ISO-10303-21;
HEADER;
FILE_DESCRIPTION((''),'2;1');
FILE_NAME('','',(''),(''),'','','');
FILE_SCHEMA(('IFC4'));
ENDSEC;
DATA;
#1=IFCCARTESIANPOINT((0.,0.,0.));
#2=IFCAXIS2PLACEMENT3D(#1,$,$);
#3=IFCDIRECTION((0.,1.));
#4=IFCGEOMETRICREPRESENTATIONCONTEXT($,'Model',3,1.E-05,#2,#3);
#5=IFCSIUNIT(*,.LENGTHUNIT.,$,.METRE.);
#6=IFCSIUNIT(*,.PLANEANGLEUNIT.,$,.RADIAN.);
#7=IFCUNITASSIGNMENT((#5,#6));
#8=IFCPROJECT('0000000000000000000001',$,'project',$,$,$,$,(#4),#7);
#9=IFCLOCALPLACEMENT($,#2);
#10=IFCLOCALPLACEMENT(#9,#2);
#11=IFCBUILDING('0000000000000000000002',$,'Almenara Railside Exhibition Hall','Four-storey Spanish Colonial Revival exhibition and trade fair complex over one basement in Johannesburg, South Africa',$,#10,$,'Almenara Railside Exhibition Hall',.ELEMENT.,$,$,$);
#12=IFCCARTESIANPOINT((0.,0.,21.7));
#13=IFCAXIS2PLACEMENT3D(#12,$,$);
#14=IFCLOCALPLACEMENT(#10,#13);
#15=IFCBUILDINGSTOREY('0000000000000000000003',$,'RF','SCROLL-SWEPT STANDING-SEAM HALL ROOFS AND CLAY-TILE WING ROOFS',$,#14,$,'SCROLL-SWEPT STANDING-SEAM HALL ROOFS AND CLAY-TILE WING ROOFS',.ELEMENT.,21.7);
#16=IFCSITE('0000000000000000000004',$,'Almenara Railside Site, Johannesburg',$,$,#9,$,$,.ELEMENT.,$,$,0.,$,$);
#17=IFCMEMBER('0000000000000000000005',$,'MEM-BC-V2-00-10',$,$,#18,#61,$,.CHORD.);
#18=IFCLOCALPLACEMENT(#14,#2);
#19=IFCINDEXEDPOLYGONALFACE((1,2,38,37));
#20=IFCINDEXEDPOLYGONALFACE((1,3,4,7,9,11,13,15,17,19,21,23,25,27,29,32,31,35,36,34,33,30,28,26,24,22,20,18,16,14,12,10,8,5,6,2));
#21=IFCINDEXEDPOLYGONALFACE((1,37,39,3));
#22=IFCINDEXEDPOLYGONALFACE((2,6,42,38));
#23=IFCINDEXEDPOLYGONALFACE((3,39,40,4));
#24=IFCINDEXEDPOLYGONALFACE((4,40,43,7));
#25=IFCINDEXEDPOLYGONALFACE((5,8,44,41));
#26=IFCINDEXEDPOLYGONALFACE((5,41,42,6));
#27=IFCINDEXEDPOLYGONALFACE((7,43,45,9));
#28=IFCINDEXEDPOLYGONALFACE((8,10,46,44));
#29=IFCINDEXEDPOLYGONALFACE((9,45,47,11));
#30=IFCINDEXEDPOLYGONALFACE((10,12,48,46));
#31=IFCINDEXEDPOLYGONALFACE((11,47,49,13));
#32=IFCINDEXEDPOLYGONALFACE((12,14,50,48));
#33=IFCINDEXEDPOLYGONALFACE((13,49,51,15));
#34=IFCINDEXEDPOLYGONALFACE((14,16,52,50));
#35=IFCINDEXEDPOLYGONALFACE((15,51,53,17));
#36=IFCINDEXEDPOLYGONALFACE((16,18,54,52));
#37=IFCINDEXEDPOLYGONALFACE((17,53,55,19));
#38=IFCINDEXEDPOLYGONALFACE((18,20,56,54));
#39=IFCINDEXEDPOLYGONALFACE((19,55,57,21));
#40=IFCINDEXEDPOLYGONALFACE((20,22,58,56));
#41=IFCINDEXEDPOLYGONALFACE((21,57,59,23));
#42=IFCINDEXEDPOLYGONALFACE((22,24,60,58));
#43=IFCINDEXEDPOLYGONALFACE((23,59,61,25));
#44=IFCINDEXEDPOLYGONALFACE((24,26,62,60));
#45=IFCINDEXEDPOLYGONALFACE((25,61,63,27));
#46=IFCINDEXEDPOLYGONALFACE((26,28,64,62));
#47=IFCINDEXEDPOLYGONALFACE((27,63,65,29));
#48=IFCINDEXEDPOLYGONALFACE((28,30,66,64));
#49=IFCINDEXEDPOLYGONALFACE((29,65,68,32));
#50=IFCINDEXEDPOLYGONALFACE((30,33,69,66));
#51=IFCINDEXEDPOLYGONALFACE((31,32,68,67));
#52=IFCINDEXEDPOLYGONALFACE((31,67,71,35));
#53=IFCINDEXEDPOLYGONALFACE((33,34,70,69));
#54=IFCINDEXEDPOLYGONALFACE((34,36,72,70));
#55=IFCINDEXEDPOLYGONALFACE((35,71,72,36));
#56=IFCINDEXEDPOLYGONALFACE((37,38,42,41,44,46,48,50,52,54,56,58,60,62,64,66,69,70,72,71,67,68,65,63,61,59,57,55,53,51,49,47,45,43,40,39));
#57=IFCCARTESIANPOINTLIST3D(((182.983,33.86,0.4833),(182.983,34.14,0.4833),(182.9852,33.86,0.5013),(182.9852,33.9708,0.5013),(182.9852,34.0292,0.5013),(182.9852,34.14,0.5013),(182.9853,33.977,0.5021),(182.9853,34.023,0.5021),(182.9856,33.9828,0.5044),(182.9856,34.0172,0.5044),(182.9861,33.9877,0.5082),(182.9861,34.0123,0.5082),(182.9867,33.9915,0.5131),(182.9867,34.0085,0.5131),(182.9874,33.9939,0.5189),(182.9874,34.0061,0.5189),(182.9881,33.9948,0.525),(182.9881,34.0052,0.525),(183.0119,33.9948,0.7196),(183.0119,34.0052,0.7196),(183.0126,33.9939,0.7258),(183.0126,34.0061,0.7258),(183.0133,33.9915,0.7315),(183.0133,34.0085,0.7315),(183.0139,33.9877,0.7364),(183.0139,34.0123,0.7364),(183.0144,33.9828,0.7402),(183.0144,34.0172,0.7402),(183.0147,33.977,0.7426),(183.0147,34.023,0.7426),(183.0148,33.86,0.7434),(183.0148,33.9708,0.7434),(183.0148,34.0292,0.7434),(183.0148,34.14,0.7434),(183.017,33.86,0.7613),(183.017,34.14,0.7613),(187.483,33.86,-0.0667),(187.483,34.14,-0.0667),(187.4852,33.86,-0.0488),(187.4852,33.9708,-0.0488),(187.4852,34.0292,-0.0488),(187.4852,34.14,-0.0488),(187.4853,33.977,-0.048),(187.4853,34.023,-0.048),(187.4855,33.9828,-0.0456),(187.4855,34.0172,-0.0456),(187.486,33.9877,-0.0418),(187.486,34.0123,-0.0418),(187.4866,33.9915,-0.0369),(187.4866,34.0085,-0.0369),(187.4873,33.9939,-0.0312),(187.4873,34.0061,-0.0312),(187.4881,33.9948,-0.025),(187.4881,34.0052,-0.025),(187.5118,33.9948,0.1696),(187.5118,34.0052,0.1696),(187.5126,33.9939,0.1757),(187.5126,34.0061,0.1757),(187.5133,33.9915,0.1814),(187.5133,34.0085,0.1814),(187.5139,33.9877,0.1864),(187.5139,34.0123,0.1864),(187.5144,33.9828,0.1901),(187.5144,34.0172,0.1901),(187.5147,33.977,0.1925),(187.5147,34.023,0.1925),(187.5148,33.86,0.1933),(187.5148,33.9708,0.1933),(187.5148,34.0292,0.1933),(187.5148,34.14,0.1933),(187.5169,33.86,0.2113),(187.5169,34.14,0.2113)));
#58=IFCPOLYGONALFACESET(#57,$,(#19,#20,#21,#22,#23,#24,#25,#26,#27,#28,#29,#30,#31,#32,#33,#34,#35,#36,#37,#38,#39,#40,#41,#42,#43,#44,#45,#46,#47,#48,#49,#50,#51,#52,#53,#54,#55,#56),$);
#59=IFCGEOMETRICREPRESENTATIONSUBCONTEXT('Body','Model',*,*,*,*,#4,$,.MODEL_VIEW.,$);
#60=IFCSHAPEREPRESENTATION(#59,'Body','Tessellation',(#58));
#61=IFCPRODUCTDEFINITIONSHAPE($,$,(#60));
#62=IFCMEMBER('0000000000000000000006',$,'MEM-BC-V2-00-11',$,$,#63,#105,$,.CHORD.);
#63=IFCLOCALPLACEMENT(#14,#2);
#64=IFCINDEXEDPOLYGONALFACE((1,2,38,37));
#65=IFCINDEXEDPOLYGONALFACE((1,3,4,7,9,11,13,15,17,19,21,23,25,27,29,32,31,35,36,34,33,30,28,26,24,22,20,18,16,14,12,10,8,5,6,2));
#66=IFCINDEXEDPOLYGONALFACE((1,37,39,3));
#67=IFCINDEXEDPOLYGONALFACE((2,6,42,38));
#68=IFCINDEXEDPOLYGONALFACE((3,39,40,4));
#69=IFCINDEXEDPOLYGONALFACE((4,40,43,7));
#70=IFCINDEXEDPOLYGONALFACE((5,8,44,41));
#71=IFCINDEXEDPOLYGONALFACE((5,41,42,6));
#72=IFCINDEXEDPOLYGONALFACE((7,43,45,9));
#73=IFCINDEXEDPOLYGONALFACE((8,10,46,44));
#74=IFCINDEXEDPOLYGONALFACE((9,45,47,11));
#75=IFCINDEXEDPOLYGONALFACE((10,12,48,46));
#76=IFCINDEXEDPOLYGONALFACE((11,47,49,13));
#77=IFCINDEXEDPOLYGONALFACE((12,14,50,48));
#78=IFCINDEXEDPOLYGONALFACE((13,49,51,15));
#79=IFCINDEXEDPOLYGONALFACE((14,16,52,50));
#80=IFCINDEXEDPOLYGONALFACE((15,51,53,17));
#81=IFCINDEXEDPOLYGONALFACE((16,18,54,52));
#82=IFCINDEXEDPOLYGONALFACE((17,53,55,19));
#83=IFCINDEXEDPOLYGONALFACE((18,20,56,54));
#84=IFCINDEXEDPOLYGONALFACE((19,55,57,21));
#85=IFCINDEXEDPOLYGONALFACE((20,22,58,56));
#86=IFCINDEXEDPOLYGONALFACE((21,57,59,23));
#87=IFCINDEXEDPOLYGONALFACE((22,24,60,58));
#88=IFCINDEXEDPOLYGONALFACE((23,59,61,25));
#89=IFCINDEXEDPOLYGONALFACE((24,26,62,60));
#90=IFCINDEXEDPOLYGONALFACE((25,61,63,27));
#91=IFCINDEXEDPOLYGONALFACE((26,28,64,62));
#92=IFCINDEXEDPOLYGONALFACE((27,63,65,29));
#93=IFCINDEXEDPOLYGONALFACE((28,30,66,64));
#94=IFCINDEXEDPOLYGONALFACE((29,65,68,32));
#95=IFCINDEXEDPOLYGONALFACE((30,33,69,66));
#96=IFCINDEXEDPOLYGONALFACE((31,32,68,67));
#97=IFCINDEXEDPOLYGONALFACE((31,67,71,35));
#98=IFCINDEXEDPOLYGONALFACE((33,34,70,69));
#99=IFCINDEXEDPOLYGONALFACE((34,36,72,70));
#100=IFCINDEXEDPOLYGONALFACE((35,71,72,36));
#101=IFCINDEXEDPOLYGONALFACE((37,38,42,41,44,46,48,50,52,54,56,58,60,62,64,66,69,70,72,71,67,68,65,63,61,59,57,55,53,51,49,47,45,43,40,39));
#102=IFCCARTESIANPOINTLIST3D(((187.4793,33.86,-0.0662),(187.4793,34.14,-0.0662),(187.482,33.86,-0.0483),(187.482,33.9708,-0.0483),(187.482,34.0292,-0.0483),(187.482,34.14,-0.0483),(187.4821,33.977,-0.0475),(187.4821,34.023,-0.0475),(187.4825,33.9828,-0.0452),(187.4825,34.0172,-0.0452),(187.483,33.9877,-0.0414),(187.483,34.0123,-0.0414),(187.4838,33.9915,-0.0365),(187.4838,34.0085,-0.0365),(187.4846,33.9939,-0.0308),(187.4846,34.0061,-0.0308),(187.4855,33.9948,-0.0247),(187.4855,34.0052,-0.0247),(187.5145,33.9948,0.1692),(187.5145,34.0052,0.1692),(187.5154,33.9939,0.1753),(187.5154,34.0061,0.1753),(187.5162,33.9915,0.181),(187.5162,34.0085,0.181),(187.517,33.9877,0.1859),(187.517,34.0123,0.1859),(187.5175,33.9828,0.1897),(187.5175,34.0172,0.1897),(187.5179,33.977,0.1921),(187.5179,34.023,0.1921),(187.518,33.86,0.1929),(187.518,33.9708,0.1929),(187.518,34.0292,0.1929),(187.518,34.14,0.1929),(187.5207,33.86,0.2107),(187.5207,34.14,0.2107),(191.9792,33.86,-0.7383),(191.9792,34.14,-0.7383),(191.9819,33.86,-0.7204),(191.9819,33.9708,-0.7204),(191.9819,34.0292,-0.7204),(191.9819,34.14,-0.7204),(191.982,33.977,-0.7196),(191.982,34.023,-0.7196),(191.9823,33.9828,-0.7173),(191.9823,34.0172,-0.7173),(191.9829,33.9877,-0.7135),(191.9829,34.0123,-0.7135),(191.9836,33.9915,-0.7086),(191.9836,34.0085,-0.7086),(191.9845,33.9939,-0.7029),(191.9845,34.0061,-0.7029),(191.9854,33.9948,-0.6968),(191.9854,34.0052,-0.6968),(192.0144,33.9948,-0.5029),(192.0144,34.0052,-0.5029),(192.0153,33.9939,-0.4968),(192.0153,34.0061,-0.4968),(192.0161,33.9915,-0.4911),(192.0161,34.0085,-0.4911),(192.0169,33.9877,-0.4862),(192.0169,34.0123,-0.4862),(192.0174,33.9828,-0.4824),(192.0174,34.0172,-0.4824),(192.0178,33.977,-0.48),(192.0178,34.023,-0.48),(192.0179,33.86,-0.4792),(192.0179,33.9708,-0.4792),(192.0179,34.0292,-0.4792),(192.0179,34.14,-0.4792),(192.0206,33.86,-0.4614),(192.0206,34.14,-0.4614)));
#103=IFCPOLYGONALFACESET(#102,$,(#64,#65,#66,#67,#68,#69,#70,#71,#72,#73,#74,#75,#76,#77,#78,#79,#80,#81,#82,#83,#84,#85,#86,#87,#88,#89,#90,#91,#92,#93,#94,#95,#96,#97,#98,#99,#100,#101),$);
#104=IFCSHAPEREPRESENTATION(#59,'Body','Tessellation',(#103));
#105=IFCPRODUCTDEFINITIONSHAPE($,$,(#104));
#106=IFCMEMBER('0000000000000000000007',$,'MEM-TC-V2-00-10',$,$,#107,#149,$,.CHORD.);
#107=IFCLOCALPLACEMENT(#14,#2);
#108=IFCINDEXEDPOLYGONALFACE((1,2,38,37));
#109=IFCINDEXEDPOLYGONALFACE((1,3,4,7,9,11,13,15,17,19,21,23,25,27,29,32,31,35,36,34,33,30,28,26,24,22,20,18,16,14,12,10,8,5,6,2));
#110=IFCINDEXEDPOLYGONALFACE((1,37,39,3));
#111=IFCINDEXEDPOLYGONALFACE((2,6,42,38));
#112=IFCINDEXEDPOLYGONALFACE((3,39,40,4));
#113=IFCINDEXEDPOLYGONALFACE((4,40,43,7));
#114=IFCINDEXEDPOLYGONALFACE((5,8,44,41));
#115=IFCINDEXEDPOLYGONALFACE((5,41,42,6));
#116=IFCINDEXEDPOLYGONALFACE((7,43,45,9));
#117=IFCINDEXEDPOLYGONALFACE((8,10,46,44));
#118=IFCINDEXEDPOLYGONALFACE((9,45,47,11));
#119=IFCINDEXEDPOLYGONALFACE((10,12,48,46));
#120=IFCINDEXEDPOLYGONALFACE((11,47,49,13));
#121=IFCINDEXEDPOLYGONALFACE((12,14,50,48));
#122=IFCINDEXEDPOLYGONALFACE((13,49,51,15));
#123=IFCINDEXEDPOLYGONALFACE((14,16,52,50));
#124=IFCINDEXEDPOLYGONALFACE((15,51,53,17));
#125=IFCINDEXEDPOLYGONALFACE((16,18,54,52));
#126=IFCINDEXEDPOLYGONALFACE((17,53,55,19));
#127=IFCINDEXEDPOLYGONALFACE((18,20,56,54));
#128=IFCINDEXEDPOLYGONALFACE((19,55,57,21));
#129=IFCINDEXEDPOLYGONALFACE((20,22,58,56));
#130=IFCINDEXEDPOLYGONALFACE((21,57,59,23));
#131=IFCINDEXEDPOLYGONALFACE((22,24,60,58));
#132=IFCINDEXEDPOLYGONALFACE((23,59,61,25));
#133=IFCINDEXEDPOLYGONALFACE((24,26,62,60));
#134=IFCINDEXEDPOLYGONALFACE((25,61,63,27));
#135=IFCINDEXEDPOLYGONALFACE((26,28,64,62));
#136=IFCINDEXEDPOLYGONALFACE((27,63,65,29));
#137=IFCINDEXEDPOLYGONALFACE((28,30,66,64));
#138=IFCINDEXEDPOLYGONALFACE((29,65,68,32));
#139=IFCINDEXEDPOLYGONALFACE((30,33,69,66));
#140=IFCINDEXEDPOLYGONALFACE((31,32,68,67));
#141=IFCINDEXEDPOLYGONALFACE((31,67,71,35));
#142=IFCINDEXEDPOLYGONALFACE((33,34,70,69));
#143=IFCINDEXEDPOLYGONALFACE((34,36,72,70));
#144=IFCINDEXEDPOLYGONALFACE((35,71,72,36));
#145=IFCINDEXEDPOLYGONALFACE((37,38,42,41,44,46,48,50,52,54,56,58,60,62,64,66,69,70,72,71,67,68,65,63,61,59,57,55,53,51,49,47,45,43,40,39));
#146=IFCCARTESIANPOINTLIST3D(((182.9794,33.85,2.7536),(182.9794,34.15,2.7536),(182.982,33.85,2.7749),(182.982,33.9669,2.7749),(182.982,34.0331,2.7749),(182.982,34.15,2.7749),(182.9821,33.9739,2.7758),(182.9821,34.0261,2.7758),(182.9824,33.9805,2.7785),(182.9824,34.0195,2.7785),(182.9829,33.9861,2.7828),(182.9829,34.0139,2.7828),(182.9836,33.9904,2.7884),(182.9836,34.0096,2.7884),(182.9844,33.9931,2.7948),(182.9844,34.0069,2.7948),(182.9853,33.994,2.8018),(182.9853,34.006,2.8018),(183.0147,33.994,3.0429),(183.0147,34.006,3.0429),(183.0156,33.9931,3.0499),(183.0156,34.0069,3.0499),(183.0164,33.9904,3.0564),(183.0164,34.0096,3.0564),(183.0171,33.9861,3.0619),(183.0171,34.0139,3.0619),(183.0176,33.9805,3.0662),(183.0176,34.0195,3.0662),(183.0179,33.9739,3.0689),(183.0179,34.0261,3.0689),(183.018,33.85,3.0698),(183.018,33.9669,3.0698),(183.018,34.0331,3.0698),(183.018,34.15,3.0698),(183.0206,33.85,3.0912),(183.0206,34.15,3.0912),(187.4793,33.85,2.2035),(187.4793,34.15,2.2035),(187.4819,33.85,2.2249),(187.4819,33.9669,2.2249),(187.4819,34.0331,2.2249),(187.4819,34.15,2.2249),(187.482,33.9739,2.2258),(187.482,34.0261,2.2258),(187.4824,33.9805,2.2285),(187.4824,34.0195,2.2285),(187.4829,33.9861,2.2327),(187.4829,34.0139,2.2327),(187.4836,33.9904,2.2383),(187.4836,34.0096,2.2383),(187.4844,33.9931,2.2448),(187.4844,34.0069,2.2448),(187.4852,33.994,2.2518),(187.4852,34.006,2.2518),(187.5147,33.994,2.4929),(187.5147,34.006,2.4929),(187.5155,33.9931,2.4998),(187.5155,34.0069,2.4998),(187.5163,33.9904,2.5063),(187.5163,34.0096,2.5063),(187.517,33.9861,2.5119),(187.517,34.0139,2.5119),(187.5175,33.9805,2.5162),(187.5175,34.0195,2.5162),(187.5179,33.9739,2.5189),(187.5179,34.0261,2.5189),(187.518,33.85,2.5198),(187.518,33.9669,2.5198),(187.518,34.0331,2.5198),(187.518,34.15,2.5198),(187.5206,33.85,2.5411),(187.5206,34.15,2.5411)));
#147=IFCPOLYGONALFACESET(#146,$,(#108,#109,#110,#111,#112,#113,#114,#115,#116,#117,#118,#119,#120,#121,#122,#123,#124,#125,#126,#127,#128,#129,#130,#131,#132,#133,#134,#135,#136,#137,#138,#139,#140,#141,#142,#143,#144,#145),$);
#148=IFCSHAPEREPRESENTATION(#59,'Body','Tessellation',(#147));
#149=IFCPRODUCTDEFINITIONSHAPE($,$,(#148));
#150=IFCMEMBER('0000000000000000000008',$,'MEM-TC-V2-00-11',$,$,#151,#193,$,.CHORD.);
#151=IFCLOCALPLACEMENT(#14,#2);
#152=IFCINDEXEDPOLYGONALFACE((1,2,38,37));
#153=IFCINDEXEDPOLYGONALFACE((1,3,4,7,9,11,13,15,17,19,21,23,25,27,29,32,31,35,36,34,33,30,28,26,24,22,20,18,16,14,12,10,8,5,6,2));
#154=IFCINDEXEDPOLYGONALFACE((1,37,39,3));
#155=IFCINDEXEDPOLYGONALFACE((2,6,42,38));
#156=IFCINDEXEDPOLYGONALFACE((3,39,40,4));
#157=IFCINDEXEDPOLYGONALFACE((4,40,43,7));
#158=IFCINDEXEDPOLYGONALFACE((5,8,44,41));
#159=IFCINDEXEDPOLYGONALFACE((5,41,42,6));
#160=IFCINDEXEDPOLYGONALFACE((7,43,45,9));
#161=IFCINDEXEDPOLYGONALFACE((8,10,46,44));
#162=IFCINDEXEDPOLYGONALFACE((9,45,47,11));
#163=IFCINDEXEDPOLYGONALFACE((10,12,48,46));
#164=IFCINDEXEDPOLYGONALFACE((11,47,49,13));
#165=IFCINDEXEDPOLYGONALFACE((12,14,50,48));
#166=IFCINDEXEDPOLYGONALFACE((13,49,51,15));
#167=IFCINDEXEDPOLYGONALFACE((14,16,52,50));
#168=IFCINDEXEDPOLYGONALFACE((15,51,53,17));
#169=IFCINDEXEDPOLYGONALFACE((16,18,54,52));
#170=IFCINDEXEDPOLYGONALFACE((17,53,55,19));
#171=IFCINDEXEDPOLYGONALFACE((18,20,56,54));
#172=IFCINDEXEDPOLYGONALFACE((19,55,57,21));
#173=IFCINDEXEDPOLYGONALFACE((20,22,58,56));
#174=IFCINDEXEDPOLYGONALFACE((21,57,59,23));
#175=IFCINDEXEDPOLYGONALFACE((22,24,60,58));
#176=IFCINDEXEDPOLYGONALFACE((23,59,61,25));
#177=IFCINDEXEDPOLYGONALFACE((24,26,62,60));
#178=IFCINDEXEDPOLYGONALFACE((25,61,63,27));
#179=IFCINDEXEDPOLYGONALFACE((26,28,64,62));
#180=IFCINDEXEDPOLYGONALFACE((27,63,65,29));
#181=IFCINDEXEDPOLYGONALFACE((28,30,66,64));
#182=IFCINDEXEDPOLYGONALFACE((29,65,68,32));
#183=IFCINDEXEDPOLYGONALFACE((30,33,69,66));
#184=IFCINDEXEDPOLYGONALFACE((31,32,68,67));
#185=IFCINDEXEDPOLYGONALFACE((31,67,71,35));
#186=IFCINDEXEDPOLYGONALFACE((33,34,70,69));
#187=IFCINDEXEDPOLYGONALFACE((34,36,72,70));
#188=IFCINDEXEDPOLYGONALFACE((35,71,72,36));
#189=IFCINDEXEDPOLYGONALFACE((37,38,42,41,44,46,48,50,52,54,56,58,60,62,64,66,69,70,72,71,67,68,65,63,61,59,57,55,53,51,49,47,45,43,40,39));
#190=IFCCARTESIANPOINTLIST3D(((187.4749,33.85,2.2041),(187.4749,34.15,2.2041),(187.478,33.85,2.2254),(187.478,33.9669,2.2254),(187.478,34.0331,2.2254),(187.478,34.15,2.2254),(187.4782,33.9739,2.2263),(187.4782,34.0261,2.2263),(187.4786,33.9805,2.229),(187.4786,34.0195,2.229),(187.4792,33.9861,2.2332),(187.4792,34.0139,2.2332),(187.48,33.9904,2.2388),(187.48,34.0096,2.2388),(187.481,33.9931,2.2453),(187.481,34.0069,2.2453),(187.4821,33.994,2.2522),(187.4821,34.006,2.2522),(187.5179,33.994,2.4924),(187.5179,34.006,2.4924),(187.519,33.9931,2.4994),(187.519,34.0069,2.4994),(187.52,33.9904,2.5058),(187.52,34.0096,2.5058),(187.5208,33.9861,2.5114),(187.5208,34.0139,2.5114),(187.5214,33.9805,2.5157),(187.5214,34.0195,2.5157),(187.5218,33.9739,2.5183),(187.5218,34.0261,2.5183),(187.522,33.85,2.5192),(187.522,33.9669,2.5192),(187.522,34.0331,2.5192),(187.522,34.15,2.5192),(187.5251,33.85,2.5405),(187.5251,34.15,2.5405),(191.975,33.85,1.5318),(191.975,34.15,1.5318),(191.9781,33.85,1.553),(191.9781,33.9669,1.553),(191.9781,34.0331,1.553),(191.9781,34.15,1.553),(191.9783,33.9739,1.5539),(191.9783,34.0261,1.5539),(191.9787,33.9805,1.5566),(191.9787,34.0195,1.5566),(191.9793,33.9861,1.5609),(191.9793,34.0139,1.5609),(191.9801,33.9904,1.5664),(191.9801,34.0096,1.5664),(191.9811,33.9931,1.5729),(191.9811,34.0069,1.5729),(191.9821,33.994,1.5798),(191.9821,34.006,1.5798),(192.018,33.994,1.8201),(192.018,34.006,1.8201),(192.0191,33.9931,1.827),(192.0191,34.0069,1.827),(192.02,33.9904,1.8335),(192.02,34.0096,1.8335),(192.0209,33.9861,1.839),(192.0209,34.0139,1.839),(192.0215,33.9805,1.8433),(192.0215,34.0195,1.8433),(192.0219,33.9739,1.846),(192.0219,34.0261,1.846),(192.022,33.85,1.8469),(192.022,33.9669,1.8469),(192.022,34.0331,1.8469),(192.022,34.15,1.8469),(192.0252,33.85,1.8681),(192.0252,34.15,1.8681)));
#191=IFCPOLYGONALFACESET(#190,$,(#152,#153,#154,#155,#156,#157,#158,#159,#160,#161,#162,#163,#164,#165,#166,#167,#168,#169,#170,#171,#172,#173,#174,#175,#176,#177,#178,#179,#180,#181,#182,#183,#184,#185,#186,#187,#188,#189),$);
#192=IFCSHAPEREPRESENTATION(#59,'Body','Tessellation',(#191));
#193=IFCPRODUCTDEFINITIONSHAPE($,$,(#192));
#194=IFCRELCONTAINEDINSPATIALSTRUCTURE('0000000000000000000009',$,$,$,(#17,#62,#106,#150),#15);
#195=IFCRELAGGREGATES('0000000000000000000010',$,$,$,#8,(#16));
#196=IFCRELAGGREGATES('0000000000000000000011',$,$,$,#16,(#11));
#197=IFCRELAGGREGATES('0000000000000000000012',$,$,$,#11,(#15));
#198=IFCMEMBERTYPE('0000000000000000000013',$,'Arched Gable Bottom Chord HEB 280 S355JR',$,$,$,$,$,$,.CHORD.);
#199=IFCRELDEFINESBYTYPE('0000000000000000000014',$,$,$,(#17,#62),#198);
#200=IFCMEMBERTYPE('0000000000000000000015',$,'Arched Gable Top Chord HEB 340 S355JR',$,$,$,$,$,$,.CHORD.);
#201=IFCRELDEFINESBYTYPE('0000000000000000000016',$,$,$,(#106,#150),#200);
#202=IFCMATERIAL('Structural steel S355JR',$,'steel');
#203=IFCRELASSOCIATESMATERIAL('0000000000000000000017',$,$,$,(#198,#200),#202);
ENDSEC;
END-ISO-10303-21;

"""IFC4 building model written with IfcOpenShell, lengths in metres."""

from ifc_helpers import new_model, si_unit, direction, frame, origin, origin_2d, place, context, subcontext, project, spatial, i_section, extrude, material, material_profile, profile_set, type_object, element, save


model = new_model("IFC4")

# Units and contexts
model_context = context("Model", 3, precision=1e-05, world=origin(), true_north=direction((0.0, 1.0)))
body_context = subcontext(model_context, "Body", "Model", "MODEL_VIEW")
ifc_project = project(units=[si_unit("LENGTHUNIT", "METRE"), si_unit("PLANEANGLEUNIT", "RADIAN")], contexts=[model_context])

# Site, building, storey
site_placement = place(None, origin())
site = spatial("IfcSite", under=ifc_project, at=site_placement, Name="Almenara Railside Site, Johannesburg", CompositionType="ELEMENT", RefElevation=0.0)
building_placement = place(site_placement, origin())
building = spatial("IfcBuilding", under=site, at=building_placement, Name="Almenara Railside Exhibition Hall", Description="Four-storey Spanish Colonial Revival exhibition and trade fair complex over one basement in Johannesburg, South Africa", LongName="Almenara Railside Exhibition Hall", CompositionType="ELEMENT")
storey_placement = place(building_placement, frame((0.0, 0.0, 21.7)))
storey = spatial("IfcBuildingStorey", under=building, at=storey_placement, Name="RF", Description="SCROLL-SWEPT STANDING-SEAM HALL ROOFS AND CLAY-TILE WING ROOFS", LongName="SCROLL-SWEPT STANDING-SEAM HALL ROOFS AND CLAY-TILE WING ROOFS", CompositionType="ELEMENT", Elevation=21.7)

# Members
ifc_material_1 = material(Name="Structural steel S355JR", Category="steel")
ifc_material_profile_1 = material_profile(ifc_material_1, i_section(OverallWidth=0.28, OverallDepth=0.28, WebThickness=0.0105, FlangeThickness=0.0181, FilletRadius=0.0239, at=origin_2d()), Name="HEB 280")
ifc_profile_set_1 = profile_set([ifc_material_profile_1], Name="Structural steel S355JR")
member_type_1 = type_object("IfcMemberType", Name="Arched Gable Bottom Chord HEB 280 S355JR", PredefinedType="CHORD", material=ifc_profile_set_1)
member_1_placement = place(storey_placement, frame((183.0, 34.0, 0.6223), z_axis=(0.992612, 0.0, -0.12133), x_axis=(0.0, 1.0, 0.0)))
element("IfcMember", 1, at=member_1_placement, inside=storey, type_object=member_type_1, Name="MEM-BC-V2-00-10", PredefinedType="CHORD", context=body_context, shape_type="SweptSolid", body=[
    extrude(i_section(OverallWidth=0.28, OverallDepth=0.28, WebThickness=0.0105, FlangeThickness=0.0181, FilletRadius=0.0239, at=origin_2d()), origin(), (0.0, 0.0, 1.0), 4.5334),
])
member_2_placement = place(storey_placement, frame((187.5, 34.0, 0.0723), z_axis=(0.989029, 0.0, -0.147721), x_axis=(0.0, 1.0, 0.0)))
element("IfcMember", 2, at=member_2_placement, inside=storey, type_object=member_type_1, Name="MEM-BC-V2-00-11", PredefinedType="CHORD", context=body_context, shape_type="SweptSolid", body=[
    extrude(i_section(OverallWidth=0.28, OverallDepth=0.28, WebThickness=0.0105, FlangeThickness=0.0181, FilletRadius=0.0239, at=origin_2d()), origin(), (0.0, 0.0, 1.0), 4.5498),
])
ifc_material_profile_2 = material_profile(ifc_material_1, i_section(OverallWidth=0.3, OverallDepth=0.3401, WebThickness=0.012, FlangeThickness=0.0215, FilletRadius=0.0271, at=origin_2d()), Name="HEB 340")
ifc_profile_set_2 = profile_set([ifc_material_profile_2], Name="Structural steel S355JR")
member_type_2 = type_object("IfcMemberType", Name="Arched Gable Top Chord HEB 340 S355JR", PredefinedType="CHORD", material=ifc_profile_set_2)
member_3_placement = place(storey_placement, frame((183.0, 34.0, 2.9224), z_axis=(0.992612, 0.0, -0.12133), x_axis=(0.0, 1.0, 0.0)))
element("IfcMember", 3, at=member_3_placement, inside=storey, type_object=member_type_2, Name="MEM-TC-V2-00-10", PredefinedType="CHORD", context=body_context, shape_type="SweptSolid", body=[
    extrude(i_section(OverallWidth=0.3, OverallDepth=0.3401, WebThickness=0.012, FlangeThickness=0.0215, FilletRadius=0.0271, at=origin_2d()), origin(), (0.0, 0.0, 1.0), 4.5334),
])
member_4_placement = place(storey_placement, frame((187.5, 34.0, 2.3723), z_axis=(0.989021, 0.0, -0.147774), x_axis=(0.0, 1.0, 0.0)))
element("IfcMember", 4, at=member_4_placement, inside=storey, type_object=member_type_2, Name="MEM-TC-V2-00-11", PredefinedType="CHORD", context=body_context, shape_type="SweptSolid", body=[
    extrude(i_section(OverallWidth=0.3, OverallDepth=0.3401, WebThickness=0.012, FlangeThickness=0.0215, FilletRadius=0.0271, at=origin_2d()), origin(), (0.0, 0.0, 1.0), 4.55),
])

save(model, "model.ifc")
